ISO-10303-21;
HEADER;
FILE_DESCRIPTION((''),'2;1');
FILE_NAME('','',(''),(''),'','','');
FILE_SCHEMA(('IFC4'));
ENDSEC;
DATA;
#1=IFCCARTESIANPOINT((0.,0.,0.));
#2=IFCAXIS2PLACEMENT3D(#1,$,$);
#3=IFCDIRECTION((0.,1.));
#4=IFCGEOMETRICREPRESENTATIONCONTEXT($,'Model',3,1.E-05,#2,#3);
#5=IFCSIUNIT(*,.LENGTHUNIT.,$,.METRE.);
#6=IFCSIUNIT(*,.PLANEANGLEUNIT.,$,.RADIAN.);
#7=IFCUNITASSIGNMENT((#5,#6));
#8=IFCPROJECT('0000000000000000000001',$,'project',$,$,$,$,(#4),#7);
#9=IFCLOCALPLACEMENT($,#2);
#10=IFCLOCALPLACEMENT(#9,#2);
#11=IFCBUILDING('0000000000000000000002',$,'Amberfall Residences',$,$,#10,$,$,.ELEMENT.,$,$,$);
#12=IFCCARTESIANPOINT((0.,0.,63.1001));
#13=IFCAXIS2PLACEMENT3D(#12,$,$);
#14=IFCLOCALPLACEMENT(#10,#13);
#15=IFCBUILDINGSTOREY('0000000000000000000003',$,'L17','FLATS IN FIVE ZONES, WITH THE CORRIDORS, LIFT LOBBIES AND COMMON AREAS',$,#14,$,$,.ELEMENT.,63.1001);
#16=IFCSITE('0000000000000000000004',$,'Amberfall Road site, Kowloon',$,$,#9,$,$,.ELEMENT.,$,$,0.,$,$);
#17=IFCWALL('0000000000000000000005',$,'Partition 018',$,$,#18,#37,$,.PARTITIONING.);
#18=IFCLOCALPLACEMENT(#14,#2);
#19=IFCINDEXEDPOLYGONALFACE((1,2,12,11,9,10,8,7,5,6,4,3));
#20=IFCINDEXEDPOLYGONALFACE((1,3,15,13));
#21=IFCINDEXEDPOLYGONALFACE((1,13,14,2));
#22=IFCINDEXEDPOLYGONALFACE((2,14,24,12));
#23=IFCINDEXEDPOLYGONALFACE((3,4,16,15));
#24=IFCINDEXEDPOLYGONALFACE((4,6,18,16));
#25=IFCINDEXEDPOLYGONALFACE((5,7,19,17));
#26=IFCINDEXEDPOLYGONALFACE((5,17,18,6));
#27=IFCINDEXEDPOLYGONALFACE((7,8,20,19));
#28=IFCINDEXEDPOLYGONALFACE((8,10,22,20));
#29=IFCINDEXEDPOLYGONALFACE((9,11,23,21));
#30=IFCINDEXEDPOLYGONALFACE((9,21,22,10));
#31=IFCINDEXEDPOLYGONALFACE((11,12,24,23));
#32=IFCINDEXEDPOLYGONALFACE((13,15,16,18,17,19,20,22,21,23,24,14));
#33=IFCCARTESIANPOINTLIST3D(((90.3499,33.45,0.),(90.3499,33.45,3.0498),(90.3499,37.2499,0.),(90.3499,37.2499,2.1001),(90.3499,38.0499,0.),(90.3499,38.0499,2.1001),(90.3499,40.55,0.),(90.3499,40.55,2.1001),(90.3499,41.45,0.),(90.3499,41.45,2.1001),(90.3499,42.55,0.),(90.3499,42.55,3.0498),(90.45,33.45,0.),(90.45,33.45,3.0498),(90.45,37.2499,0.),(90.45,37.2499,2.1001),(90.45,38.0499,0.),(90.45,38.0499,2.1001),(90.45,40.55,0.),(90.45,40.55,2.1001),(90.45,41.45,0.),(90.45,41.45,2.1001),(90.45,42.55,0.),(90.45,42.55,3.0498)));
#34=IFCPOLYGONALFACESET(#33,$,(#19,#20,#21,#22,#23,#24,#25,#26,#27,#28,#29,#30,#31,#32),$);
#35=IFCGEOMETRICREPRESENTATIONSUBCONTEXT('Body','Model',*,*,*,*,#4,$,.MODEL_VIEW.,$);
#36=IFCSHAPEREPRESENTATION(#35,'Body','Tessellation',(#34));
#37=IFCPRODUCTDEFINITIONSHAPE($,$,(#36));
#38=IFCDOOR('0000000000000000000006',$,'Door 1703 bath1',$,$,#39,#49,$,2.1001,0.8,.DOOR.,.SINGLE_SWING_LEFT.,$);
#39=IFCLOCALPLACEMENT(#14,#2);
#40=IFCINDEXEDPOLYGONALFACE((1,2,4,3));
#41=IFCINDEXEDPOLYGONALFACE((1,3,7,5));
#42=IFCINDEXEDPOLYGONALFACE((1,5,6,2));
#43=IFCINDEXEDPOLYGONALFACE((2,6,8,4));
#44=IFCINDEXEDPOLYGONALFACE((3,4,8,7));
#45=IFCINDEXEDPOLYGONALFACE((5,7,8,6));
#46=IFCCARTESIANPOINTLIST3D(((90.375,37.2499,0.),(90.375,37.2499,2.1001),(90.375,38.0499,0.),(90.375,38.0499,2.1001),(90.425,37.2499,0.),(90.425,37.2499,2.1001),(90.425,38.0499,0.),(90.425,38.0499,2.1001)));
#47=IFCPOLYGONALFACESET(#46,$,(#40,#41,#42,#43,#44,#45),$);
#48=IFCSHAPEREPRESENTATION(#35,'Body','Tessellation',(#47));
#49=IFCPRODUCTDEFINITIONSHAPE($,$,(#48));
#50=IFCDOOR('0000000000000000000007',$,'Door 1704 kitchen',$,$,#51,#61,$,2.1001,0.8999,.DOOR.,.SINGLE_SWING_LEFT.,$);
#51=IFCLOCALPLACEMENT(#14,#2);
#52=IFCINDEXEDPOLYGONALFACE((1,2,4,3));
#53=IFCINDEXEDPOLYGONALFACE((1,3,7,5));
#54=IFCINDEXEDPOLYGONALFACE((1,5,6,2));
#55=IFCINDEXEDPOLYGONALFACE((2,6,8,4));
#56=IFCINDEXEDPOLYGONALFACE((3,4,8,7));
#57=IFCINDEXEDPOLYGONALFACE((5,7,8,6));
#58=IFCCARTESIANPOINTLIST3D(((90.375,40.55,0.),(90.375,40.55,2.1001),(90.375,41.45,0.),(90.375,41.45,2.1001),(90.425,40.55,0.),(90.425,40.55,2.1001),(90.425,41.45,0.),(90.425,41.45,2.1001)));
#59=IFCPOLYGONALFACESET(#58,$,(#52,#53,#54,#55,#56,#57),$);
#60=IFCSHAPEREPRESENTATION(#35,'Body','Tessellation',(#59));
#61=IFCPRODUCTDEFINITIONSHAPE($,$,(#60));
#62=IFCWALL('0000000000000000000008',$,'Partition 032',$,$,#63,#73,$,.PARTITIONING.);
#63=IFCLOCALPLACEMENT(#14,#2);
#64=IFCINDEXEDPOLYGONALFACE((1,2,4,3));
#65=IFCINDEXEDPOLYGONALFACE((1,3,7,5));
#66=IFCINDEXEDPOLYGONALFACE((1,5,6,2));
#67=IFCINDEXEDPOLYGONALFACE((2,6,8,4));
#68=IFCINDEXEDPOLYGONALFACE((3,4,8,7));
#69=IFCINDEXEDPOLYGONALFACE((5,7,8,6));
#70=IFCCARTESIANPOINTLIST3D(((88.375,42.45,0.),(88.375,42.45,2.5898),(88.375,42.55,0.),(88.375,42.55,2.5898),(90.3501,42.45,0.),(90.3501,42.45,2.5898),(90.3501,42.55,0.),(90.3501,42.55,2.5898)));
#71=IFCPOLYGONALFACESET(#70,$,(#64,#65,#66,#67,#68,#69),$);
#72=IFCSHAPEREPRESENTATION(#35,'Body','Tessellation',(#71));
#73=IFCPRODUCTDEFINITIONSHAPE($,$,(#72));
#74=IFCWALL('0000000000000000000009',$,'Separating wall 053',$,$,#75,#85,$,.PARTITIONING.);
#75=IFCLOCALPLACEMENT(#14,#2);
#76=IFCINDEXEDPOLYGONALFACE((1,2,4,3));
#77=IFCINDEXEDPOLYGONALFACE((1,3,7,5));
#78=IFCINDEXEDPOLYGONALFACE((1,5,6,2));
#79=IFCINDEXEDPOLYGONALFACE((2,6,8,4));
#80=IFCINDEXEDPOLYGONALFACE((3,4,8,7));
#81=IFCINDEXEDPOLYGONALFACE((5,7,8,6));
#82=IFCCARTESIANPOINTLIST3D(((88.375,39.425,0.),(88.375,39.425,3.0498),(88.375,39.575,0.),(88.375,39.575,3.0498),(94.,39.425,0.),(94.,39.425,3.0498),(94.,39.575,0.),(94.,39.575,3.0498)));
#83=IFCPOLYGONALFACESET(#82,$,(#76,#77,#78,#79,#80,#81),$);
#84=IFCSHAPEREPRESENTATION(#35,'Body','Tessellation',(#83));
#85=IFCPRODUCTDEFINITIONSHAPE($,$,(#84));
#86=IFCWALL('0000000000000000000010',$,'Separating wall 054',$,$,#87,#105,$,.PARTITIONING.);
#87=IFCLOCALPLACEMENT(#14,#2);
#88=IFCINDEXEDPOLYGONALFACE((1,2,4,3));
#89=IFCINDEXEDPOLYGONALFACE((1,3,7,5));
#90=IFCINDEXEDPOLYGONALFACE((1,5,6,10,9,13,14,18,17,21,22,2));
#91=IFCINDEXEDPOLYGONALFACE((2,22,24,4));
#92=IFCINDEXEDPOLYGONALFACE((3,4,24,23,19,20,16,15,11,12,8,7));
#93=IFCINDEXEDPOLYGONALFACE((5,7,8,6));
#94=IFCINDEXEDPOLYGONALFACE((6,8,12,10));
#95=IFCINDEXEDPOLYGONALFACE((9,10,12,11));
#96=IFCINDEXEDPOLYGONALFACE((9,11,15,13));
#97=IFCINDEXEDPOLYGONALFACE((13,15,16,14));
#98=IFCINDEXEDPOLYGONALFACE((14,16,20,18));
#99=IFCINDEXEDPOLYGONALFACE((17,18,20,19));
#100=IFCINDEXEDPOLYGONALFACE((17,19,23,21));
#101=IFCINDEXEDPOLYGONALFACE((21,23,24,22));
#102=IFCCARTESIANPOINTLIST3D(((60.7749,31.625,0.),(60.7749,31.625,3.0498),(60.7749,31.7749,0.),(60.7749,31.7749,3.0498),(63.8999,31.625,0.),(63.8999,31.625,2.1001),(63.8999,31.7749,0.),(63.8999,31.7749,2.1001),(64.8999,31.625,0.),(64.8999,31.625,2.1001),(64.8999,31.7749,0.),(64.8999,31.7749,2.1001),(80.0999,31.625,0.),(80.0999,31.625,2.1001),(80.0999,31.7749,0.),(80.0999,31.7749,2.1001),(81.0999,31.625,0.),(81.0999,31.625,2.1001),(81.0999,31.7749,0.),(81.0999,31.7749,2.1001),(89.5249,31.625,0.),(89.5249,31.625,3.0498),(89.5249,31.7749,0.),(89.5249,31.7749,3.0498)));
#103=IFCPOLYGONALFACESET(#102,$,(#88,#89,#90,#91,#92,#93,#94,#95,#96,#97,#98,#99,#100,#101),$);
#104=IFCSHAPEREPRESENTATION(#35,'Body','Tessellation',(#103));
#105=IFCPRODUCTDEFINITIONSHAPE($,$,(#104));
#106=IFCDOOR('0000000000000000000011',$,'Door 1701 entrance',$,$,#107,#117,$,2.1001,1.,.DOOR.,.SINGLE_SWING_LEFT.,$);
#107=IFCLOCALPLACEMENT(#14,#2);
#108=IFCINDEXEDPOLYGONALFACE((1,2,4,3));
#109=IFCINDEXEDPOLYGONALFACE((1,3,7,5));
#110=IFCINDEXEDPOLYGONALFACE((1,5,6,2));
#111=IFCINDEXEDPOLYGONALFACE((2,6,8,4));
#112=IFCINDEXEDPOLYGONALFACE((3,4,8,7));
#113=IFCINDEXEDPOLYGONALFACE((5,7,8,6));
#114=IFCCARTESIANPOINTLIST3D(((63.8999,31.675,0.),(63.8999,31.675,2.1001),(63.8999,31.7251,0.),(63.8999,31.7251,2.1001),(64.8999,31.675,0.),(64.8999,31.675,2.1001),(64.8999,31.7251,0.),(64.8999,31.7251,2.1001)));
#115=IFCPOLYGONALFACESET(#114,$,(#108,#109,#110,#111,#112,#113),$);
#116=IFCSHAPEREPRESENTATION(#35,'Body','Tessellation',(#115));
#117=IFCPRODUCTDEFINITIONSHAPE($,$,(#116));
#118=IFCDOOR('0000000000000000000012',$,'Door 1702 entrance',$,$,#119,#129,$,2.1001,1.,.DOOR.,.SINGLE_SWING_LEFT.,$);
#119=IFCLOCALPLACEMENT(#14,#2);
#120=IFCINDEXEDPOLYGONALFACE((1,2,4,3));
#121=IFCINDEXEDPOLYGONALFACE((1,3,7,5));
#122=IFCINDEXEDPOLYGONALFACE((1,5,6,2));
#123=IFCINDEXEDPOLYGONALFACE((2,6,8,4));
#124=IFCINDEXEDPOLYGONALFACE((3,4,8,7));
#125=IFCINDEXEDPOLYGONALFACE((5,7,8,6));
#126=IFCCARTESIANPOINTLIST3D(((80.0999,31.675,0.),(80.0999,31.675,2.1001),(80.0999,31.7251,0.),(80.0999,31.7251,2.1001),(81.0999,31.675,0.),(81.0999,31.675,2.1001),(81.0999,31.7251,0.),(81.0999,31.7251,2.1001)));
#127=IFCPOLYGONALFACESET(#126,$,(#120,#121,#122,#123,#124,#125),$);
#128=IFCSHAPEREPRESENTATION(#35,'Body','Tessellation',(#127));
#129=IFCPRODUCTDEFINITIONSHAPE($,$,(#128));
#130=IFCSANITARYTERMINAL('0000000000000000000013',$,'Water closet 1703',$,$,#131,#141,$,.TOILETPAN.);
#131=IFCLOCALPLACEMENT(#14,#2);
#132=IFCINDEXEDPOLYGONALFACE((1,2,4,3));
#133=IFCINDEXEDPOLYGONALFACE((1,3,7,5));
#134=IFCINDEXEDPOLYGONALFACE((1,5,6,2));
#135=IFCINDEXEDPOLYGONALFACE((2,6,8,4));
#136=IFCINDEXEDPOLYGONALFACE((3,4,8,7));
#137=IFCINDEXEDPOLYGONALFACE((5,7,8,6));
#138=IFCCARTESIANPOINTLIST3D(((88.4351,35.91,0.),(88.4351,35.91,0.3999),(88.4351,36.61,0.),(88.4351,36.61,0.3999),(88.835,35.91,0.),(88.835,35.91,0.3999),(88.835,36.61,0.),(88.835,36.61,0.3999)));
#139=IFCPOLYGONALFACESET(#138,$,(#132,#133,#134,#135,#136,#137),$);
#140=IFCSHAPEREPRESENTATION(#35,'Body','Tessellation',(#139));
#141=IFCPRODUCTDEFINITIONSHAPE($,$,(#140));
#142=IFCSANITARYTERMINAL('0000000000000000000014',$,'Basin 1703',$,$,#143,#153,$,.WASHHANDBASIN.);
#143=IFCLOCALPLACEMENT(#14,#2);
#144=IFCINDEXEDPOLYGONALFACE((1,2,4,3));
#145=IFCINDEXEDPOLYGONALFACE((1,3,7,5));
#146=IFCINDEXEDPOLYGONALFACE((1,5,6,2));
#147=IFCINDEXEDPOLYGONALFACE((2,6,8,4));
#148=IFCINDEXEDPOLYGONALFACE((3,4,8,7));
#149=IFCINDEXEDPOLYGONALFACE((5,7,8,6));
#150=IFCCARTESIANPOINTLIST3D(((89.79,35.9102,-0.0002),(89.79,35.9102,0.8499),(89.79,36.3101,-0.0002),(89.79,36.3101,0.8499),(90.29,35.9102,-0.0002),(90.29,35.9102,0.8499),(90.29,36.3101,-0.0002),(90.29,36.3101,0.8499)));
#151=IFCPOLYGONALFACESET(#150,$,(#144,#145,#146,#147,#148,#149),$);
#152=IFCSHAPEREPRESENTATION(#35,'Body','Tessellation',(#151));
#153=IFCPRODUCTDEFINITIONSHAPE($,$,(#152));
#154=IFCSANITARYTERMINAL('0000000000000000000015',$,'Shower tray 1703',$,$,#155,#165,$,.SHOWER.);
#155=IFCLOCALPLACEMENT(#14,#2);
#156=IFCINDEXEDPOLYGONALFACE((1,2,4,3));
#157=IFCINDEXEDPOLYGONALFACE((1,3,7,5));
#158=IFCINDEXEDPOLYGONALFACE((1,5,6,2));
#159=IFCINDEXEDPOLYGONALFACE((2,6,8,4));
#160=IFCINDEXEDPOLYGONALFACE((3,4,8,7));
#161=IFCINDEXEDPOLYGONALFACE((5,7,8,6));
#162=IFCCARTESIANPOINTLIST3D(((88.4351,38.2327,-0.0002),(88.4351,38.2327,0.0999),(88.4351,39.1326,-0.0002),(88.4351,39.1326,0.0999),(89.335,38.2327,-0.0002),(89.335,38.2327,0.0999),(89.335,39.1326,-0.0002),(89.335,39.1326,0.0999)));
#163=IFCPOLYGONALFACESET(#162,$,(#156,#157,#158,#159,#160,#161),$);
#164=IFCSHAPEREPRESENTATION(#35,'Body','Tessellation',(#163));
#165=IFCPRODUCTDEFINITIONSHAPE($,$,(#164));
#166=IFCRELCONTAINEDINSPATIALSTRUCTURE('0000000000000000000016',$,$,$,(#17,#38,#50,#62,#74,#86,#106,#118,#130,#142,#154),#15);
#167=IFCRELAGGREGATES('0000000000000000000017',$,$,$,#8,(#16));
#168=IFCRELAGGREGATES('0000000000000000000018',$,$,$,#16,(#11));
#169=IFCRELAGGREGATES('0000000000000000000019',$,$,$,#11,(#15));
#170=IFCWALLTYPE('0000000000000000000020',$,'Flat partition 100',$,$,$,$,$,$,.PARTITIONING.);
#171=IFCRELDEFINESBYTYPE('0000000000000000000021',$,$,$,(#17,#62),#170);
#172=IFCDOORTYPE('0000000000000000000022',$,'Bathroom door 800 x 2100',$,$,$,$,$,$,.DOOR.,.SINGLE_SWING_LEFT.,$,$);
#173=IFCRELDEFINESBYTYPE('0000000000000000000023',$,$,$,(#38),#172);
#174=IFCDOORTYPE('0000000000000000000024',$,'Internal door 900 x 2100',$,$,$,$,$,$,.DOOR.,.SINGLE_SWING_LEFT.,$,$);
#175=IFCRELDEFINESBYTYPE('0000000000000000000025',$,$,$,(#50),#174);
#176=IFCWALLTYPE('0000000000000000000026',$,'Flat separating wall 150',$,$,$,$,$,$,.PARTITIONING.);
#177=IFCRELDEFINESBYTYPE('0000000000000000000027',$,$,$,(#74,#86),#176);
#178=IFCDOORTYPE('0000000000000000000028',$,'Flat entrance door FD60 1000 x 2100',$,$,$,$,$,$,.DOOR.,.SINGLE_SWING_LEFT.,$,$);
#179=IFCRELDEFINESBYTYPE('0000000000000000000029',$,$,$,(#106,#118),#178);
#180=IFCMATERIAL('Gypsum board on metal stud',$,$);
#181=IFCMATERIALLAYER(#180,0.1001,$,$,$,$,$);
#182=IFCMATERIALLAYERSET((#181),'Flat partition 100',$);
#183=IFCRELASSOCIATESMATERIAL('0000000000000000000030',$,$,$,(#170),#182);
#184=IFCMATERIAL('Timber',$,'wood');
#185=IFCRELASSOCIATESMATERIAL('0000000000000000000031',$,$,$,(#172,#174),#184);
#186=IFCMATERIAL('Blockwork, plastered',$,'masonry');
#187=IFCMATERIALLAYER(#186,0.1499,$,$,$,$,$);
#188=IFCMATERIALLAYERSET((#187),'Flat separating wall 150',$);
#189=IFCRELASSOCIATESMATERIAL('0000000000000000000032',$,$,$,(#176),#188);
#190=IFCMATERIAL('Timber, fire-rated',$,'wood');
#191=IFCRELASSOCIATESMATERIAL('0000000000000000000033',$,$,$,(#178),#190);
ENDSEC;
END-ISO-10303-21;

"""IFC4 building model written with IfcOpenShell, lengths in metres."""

from ifc_helpers import new_model, si_unit, direction, frame, frame_2d, origin, origin_2d, place, context, subcontext, project, spatial, rectangle, extrude, material, layer, layer_set, type_object, element, fill, save


model = new_model("IFC4")

# Units and contexts
model_context = context("Model", 3, precision=1e-05, world=origin(), true_north=direction((0.0, 1.0)))
body_context = subcontext(model_context, "Body", "Model", "MODEL_VIEW")
ifc_project = project(units=[si_unit("LENGTHUNIT", "METRE"), si_unit("PLANEANGLEUNIT", "RADIAN")], contexts=[model_context])

# Site, building, storey
site_placement = place(None, origin())
site = spatial("IfcSite", under=ifc_project, at=site_placement, Name="Amberfall Road site, Kowloon", CompositionType="ELEMENT", RefElevation=0.0)
building_placement = place(site_placement, origin())
building = spatial("IfcBuilding", under=site, at=building_placement, Name="Amberfall Residences", CompositionType="ELEMENT")
storey_placement = place(building_placement, frame((0.0, 0.0, 63.1001)))
storey = spatial("IfcBuildingStorey", under=building, at=storey_placement, Name="L17", Description="FLATS IN FIVE ZONES, WITH THE CORRIDORS, LIFT LOBBIES AND COMMON AREAS", CompositionType="ELEMENT", Elevation=63.1001)

# Wall, openings, doors
ifc_material_1 = material(Name="Gypsum board on metal stud")
ifc_layer_1 = layer(ifc_material_1, 0.1001)
ifc_layer_set_1 = layer_set([ifc_layer_1], Name="Flat partition 100")
wall_type_1 = type_object("IfcWallType", Name="Flat partition 100", PredefinedType="PARTITIONING", material=ifc_layer_set_1)
wall_1_placement = place(storey_placement, frame((90.3999, 33.45, 0.0), z_axis=(0.0, 0.0, 1.0), x_axis=(0.0, 1.0, 0.0)))
wall_1 = element("IfcWall", 1, at=wall_1_placement, inside=storey, type_object=wall_type_1, Name="Partition 018", PredefinedType="PARTITIONING", context=body_context, shape_type="SweptSolid", body=[
    extrude(rectangle(XDim=9.1001, YDim=0.1001, at=frame_2d((4.55, 0.0))), origin(), (0.0, 0.0, 1.0), 3.0498),
])
opening_1_placement = place(wall_1_placement, frame((3.8, 0.0, 0.0)))
opening_1 = element("IfcOpeningElement", 2, at=opening_1_placement, cuts=wall_1, PredefinedType="OPENING", context=body_context, shape_type="SweptSolid", body=[
    extrude(rectangle(XDim=0.8, YDim=2.1001, at=frame_2d((0.3999, 1.05))), frame((0.0, 0.0601, 0.0), z_axis=(0.0, -1.0, 0.0), x_axis=(1.0, 0.0, 0.0)), (0.0, 0.0, 1.0), 0.1201),
])
opening_2_placement = place(wall_1_placement, frame((7.1001, 0.0, 0.0)))
opening_2 = element("IfcOpeningElement", 3, at=opening_2_placement, cuts=wall_1, PredefinedType="OPENING", context=body_context, shape_type="SweptSolid", body=[
    extrude(rectangle(XDim=0.8999, YDim=2.1001, at=frame_2d((0.45, 1.05))), frame((0.0, 0.0601, 0.0), z_axis=(0.0, -1.0, 0.0), x_axis=(1.0, 0.0, 0.0)), (0.0, 0.0, 1.0), 0.1201),
])
ifc_material_2 = material(Name="Timber", Category="wood")
door_type_1 = type_object("IfcDoorType", Name="Bathroom door 800 x 2100", OperationType="SINGLE_SWING_LEFT", PredefinedType="DOOR", material=ifc_material_2)
door_1_placement = place(opening_1_placement, origin())
door_1 = element("IfcDoor", 4, at=door_1_placement, inside=storey, type_object=door_type_1, Name="Door 1703 bath1", OperationType="SINGLE_SWING_LEFT", OverallHeight=2.1001, OverallWidth=0.8, PredefinedType="DOOR", context=body_context, shape_type="SweptSolid", body=[
    extrude(rectangle(XDim=0.8, YDim=2.1001, at=frame_2d((0.3999, 1.05))), frame((0.0, 0.0249, 0.0), z_axis=(0.0, -1.0, 0.0), x_axis=(1.0, 0.0, 0.0)), (0.0, 0.0, 1.0), 0.05),
])
fill(opening_1, door_1)
door_type_2 = type_object("IfcDoorType", Name="Internal door 900 x 2100", OperationType="SINGLE_SWING_LEFT", PredefinedType="DOOR", material=ifc_material_2)
door_2_placement = place(opening_2_placement, origin())
door_2 = element("IfcDoor", 5, at=door_2_placement, inside=storey, type_object=door_type_2, Name="Door 1704 kitchen", OperationType="SINGLE_SWING_LEFT", OverallHeight=2.1001, OverallWidth=0.8999, PredefinedType="DOOR", context=body_context, shape_type="SweptSolid", body=[
    extrude(rectangle(XDim=0.8999, YDim=2.1001, at=frame_2d((0.45, 1.05))), frame((0.0, 0.0249, 0.0), z_axis=(0.0, -1.0, 0.0), x_axis=(1.0, 0.0, 0.0)), (0.0, 0.0, 1.0), 0.05),
])
fill(opening_2, door_2)

# Walls
wall_2_placement = place(storey_placement, frame((88.375, 42.5, 0.0), z_axis=(0.0, 0.0, 1.0), x_axis=(1.0, 0.0, 0.0)))
element("IfcWall", 6, at=wall_2_placement, inside=storey, type_object=wall_type_1, Name="Partition 032", PredefinedType="PARTITIONING", context=body_context, shape_type="SweptSolid", body=[
    extrude(rectangle(XDim=1.9751, YDim=0.1001, at=frame_2d((0.9875, 0.0))), origin(), (0.0, 0.0, 1.0), 2.5898),
])
ifc_material_3 = material(Name="Blockwork, plastered", Category="masonry")
ifc_layer_2 = layer(ifc_material_3, 0.1499)
ifc_layer_set_2 = layer_set([ifc_layer_2], Name="Flat separating wall 150")
wall_type_2 = type_object("IfcWallType", Name="Flat separating wall 150", PredefinedType="PARTITIONING", material=ifc_layer_set_2)
wall_3_placement = place(storey_placement, frame((88.375, 39.5, 0.0), z_axis=(0.0, 0.0, 1.0), x_axis=(1.0, 0.0, 0.0)))
element("IfcWall", 7, at=wall_3_placement, inside=storey, type_object=wall_type_2, Name="Separating wall 053", PredefinedType="PARTITIONING", context=body_context, shape_type="SweptSolid", body=[
    extrude(rectangle(XDim=5.625, YDim=0.1499, at=frame_2d((2.8125, 0.0))), origin(), (0.0, 0.0, 1.0), 3.0498),
])

# Wall, openings, doors
wall_4_placement = place(storey_placement, frame((89.5249, 31.7, 0.0), z_axis=(0.0, 0.0, 1.0), x_axis=(-1.0, 0.0, 0.0)))
wall_4 = element("IfcWall", 8, at=wall_4_placement, inside=storey, type_object=wall_type_2, Name="Separating wall 054", PredefinedType="PARTITIONING", context=body_context, shape_type="SweptSolid", body=[
    extrude(rectangle(XDim=28.75, YDim=0.1499, at=frame_2d((14.375, 0.0))), origin(), (0.0, 0.0, 1.0), 3.0498),
])
opening_3_placement = place(wall_4_placement, frame((24.625, 0.0, 0.0)))
opening_3 = element("IfcOpeningElement", 9, at=opening_3_placement, cuts=wall_4, PredefinedType="OPENING", context=body_context, shape_type="SweptSolid", body=[
    extrude(rectangle(XDim=1.0, YDim=2.1001, at=frame_2d((0.5, 1.05))), frame((0.0, 0.085, 0.0), z_axis=(0.0, -1.0, 0.0), x_axis=(1.0, 0.0, 0.0)), (0.0, 0.0, 1.0), 0.1699),
])
opening_4_placement = place(wall_4_placement, frame((8.425, 0.0, 0.0)))
opening_4 = element("IfcOpeningElement", 10, at=opening_4_placement, cuts=wall_4, PredefinedType="OPENING", context=body_context, shape_type="SweptSolid", body=[
    extrude(rectangle(XDim=1.0, YDim=2.1001, at=frame_2d((0.5, 1.05))), frame((0.0, 0.085, 0.0), z_axis=(0.0, -1.0, 0.0), x_axis=(1.0, 0.0, 0.0)), (0.0, 0.0, 1.0), 0.1699),
])
ifc_material_4 = material(Name="Timber, fire-rated", Category="wood")
door_type_3 = type_object("IfcDoorType", Name="Flat entrance door FD60 1000 x 2100", OperationType="SINGLE_SWING_LEFT", PredefinedType="DOOR", material=ifc_material_4)
door_3_placement = place(opening_3_placement, origin())
door_3 = element("IfcDoor", 11, at=door_3_placement, inside=storey, type_object=door_type_3, Name="Door 1701 entrance", OperationType="SINGLE_SWING_LEFT", OverallHeight=2.1001, OverallWidth=1.0, PredefinedType="DOOR", context=body_context, shape_type="SweptSolid", body=[
    extrude(rectangle(XDim=1.0, YDim=2.1001, at=frame_2d((0.5, 1.05))), frame((0.0, 0.0249, 0.0), z_axis=(0.0, -1.0, 0.0), x_axis=(1.0, 0.0, 0.0)), (0.0, 0.0, 1.0), 0.05),
])
fill(opening_3, door_3)
door_4_placement = place(opening_4_placement, origin())
door_4 = element("IfcDoor", 12, at=door_4_placement, inside=storey, type_object=door_type_3, Name="Door 1702 entrance", OperationType="SINGLE_SWING_LEFT", OverallHeight=2.1001, OverallWidth=1.0, PredefinedType="DOOR", context=body_context, shape_type="SweptSolid", body=[
    extrude(rectangle(XDim=1.0, YDim=2.1001, at=frame_2d((0.5, 1.05))), frame((0.0, 0.0249, 0.0), z_axis=(0.0, -1.0, 0.0), x_axis=(1.0, 0.0, 0.0)), (0.0, 0.0, 1.0), 0.05),
])
fill(opening_4, door_4)

# Sanitary terminals
sanitary_terminal_1_placement = place(storey_placement, frame((88.635, 36.26, 0.0), z_axis=(0.0, 0.0, 1.0), x_axis=(1.0, 0.0, 0.0)))
element("IfcSanitaryTerminal", 13, at=sanitary_terminal_1_placement, inside=storey, Name="Water closet 1703", PredefinedType="TOILETPAN", context=body_context, shape_type="SweptSolid", body=[
    extrude(rectangle(XDim=0.3999, YDim=0.7, at=origin_2d()), origin(), (0.0, 0.0, 1.0), 0.3999),
])
sanitary_terminal_2_placement = place(storey_placement, frame((90.04, 36.1101, -0.0002), z_axis=(0.0, 0.0, 1.0), x_axis=(1.0, 0.0, 0.0)))
element("IfcSanitaryTerminal", 14, at=sanitary_terminal_2_placement, inside=storey, Name="Basin 1703", PredefinedType="WASHHANDBASIN", context=body_context, shape_type="SweptSolid", body=[
    extrude(rectangle(XDim=0.5, YDim=0.3999, at=origin_2d()), origin(), (0.0, 0.0, 1.0), 0.8501),
])
sanitary_terminal_3_placement = place(storey_placement, frame((88.885, 38.6826, -0.0002), z_axis=(0.0, 0.0, 1.0), x_axis=(1.0, 0.0, 0.0)))
element("IfcSanitaryTerminal", 15, at=sanitary_terminal_3_placement, inside=storey, Name="Shower tray 1703", PredefinedType="SHOWER", context=body_context, shape_type="SweptSolid", body=[
    extrude(rectangle(XDim=0.8999, YDim=0.8999, at=origin_2d()), origin(), (0.0, 0.0, 1.0), 0.1001),
])

save(model, "model.ifc")
